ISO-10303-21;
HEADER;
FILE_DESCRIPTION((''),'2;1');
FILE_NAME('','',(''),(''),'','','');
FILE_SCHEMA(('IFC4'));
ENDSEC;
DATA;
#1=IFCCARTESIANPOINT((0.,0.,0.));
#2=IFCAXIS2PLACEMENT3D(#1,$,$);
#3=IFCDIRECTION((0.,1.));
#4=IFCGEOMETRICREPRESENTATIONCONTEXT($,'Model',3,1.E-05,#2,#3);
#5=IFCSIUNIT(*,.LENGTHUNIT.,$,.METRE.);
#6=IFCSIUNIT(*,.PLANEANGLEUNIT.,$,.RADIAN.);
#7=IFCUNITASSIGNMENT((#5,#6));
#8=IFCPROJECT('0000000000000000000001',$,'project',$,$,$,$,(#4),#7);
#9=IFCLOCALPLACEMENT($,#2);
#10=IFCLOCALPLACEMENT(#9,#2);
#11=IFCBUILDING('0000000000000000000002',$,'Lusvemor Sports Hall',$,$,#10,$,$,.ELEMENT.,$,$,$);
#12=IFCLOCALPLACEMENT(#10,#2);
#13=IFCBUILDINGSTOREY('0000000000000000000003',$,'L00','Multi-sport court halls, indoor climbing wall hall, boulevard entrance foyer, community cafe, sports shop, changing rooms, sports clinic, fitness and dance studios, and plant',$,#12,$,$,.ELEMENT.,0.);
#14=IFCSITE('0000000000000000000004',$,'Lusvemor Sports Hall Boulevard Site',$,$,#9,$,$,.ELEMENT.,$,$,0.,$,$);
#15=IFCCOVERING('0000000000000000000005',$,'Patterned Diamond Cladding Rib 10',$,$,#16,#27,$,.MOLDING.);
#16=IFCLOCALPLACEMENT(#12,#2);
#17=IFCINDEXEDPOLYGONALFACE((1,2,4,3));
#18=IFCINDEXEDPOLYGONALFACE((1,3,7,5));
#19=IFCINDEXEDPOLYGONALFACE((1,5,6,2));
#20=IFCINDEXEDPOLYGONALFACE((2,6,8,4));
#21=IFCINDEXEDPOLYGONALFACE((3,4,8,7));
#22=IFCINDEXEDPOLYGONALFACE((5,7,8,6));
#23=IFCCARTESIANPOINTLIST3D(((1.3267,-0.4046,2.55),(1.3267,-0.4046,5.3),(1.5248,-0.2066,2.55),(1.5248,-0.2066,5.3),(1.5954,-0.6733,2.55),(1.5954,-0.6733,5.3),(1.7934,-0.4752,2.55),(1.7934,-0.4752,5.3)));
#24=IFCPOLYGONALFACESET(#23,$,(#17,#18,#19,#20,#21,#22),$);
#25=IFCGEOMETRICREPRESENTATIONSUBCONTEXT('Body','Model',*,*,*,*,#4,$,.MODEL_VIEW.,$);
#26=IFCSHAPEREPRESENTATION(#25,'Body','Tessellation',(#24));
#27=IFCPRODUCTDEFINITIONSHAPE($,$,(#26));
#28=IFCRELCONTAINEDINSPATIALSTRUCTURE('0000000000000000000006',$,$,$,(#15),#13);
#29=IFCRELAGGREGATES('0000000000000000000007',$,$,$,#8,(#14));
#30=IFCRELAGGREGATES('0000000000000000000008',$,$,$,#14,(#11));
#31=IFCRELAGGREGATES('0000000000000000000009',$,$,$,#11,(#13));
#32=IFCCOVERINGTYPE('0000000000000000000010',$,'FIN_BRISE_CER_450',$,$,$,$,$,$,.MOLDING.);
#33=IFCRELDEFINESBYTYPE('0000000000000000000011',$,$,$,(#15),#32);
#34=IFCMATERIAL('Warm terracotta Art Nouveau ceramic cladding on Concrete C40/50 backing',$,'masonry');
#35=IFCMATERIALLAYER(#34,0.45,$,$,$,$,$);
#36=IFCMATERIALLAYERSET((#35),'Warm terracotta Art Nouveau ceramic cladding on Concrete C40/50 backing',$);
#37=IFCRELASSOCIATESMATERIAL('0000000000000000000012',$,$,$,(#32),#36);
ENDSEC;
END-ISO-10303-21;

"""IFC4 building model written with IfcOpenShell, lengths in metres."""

from ifc_helpers import new_model, si_unit, direction, frame, origin, origin_2d, place, context, subcontext, project, spatial, rectangle, extrude, material, layer, layer_set, type_object, element, save


model = new_model("IFC4")

# Units and contexts
model_context = context("Model", 3, precision=1e-05, world=origin(), true_north=direction((0.0, 1.0)))
body_context = subcontext(model_context, "Body", "Model", "MODEL_VIEW")
ifc_project = project(units=[si_unit("LENGTHUNIT", "METRE"), si_unit("PLANEANGLEUNIT", "RADIAN")], contexts=[model_context])

# Site, building, storey
site_placement = place(None, origin())
site = spatial("IfcSite", under=ifc_project, at=site_placement, Name="Lusvemor Sports Hall Boulevard Site", CompositionType="ELEMENT", RefElevation=0.0)
building_placement = place(site_placement, origin())
building = spatial("IfcBuilding", under=site, at=building_placement, Name="Lusvemor Sports Hall", CompositionType="ELEMENT")
storey_placement = place(building_placement, origin())
storey = spatial("IfcBuildingStorey", under=building, at=storey_placement, Name="L00", Description="Multi-sport court halls, indoor climbing wall hall, boulevard entrance foyer, community cafe, sports shop, changing rooms, sports clinic, fitness and dance studios, and plant", CompositionType="ELEMENT", Elevation=0.0)

# Covering
ifc_material_1 = material(Name="Warm terracotta Art Nouveau ceramic cladding on Concrete C40/50 backing", Category="masonry")
ifc_layer_1 = layer(ifc_material_1, 0.45)
ifc_layer_set_1 = layer_set([ifc_layer_1], Name="Warm terracotta Art Nouveau ceramic cladding on Concrete C40/50 backing")
covering_type_1 = type_object("IfcCoveringType", Name="FIN_BRISE_CER_450", PredefinedType="MOLDING", material=ifc_layer_set_1)
covering_1_placement = place(storey_placement, frame((1.5601, -0.4399, 2.55), z_axis=(0.0, 0.0, 1.0), x_axis=(0.707107, 0.707107, 0.0)))
element("IfcCovering", 1, at=covering_1_placement, inside=storey, type_object=covering_type_1, Name="Patterned Diamond Cladding Rib 10", PredefinedType="MOLDING", context=body_context, shape_type="SweptSolid", body=[
    extrude(rectangle(XDim=0.28, YDim=0.3799, at=origin_2d()), origin(), (0.0, 0.0, 1.0), 2.75),
])

save(model, "model.ifc")
